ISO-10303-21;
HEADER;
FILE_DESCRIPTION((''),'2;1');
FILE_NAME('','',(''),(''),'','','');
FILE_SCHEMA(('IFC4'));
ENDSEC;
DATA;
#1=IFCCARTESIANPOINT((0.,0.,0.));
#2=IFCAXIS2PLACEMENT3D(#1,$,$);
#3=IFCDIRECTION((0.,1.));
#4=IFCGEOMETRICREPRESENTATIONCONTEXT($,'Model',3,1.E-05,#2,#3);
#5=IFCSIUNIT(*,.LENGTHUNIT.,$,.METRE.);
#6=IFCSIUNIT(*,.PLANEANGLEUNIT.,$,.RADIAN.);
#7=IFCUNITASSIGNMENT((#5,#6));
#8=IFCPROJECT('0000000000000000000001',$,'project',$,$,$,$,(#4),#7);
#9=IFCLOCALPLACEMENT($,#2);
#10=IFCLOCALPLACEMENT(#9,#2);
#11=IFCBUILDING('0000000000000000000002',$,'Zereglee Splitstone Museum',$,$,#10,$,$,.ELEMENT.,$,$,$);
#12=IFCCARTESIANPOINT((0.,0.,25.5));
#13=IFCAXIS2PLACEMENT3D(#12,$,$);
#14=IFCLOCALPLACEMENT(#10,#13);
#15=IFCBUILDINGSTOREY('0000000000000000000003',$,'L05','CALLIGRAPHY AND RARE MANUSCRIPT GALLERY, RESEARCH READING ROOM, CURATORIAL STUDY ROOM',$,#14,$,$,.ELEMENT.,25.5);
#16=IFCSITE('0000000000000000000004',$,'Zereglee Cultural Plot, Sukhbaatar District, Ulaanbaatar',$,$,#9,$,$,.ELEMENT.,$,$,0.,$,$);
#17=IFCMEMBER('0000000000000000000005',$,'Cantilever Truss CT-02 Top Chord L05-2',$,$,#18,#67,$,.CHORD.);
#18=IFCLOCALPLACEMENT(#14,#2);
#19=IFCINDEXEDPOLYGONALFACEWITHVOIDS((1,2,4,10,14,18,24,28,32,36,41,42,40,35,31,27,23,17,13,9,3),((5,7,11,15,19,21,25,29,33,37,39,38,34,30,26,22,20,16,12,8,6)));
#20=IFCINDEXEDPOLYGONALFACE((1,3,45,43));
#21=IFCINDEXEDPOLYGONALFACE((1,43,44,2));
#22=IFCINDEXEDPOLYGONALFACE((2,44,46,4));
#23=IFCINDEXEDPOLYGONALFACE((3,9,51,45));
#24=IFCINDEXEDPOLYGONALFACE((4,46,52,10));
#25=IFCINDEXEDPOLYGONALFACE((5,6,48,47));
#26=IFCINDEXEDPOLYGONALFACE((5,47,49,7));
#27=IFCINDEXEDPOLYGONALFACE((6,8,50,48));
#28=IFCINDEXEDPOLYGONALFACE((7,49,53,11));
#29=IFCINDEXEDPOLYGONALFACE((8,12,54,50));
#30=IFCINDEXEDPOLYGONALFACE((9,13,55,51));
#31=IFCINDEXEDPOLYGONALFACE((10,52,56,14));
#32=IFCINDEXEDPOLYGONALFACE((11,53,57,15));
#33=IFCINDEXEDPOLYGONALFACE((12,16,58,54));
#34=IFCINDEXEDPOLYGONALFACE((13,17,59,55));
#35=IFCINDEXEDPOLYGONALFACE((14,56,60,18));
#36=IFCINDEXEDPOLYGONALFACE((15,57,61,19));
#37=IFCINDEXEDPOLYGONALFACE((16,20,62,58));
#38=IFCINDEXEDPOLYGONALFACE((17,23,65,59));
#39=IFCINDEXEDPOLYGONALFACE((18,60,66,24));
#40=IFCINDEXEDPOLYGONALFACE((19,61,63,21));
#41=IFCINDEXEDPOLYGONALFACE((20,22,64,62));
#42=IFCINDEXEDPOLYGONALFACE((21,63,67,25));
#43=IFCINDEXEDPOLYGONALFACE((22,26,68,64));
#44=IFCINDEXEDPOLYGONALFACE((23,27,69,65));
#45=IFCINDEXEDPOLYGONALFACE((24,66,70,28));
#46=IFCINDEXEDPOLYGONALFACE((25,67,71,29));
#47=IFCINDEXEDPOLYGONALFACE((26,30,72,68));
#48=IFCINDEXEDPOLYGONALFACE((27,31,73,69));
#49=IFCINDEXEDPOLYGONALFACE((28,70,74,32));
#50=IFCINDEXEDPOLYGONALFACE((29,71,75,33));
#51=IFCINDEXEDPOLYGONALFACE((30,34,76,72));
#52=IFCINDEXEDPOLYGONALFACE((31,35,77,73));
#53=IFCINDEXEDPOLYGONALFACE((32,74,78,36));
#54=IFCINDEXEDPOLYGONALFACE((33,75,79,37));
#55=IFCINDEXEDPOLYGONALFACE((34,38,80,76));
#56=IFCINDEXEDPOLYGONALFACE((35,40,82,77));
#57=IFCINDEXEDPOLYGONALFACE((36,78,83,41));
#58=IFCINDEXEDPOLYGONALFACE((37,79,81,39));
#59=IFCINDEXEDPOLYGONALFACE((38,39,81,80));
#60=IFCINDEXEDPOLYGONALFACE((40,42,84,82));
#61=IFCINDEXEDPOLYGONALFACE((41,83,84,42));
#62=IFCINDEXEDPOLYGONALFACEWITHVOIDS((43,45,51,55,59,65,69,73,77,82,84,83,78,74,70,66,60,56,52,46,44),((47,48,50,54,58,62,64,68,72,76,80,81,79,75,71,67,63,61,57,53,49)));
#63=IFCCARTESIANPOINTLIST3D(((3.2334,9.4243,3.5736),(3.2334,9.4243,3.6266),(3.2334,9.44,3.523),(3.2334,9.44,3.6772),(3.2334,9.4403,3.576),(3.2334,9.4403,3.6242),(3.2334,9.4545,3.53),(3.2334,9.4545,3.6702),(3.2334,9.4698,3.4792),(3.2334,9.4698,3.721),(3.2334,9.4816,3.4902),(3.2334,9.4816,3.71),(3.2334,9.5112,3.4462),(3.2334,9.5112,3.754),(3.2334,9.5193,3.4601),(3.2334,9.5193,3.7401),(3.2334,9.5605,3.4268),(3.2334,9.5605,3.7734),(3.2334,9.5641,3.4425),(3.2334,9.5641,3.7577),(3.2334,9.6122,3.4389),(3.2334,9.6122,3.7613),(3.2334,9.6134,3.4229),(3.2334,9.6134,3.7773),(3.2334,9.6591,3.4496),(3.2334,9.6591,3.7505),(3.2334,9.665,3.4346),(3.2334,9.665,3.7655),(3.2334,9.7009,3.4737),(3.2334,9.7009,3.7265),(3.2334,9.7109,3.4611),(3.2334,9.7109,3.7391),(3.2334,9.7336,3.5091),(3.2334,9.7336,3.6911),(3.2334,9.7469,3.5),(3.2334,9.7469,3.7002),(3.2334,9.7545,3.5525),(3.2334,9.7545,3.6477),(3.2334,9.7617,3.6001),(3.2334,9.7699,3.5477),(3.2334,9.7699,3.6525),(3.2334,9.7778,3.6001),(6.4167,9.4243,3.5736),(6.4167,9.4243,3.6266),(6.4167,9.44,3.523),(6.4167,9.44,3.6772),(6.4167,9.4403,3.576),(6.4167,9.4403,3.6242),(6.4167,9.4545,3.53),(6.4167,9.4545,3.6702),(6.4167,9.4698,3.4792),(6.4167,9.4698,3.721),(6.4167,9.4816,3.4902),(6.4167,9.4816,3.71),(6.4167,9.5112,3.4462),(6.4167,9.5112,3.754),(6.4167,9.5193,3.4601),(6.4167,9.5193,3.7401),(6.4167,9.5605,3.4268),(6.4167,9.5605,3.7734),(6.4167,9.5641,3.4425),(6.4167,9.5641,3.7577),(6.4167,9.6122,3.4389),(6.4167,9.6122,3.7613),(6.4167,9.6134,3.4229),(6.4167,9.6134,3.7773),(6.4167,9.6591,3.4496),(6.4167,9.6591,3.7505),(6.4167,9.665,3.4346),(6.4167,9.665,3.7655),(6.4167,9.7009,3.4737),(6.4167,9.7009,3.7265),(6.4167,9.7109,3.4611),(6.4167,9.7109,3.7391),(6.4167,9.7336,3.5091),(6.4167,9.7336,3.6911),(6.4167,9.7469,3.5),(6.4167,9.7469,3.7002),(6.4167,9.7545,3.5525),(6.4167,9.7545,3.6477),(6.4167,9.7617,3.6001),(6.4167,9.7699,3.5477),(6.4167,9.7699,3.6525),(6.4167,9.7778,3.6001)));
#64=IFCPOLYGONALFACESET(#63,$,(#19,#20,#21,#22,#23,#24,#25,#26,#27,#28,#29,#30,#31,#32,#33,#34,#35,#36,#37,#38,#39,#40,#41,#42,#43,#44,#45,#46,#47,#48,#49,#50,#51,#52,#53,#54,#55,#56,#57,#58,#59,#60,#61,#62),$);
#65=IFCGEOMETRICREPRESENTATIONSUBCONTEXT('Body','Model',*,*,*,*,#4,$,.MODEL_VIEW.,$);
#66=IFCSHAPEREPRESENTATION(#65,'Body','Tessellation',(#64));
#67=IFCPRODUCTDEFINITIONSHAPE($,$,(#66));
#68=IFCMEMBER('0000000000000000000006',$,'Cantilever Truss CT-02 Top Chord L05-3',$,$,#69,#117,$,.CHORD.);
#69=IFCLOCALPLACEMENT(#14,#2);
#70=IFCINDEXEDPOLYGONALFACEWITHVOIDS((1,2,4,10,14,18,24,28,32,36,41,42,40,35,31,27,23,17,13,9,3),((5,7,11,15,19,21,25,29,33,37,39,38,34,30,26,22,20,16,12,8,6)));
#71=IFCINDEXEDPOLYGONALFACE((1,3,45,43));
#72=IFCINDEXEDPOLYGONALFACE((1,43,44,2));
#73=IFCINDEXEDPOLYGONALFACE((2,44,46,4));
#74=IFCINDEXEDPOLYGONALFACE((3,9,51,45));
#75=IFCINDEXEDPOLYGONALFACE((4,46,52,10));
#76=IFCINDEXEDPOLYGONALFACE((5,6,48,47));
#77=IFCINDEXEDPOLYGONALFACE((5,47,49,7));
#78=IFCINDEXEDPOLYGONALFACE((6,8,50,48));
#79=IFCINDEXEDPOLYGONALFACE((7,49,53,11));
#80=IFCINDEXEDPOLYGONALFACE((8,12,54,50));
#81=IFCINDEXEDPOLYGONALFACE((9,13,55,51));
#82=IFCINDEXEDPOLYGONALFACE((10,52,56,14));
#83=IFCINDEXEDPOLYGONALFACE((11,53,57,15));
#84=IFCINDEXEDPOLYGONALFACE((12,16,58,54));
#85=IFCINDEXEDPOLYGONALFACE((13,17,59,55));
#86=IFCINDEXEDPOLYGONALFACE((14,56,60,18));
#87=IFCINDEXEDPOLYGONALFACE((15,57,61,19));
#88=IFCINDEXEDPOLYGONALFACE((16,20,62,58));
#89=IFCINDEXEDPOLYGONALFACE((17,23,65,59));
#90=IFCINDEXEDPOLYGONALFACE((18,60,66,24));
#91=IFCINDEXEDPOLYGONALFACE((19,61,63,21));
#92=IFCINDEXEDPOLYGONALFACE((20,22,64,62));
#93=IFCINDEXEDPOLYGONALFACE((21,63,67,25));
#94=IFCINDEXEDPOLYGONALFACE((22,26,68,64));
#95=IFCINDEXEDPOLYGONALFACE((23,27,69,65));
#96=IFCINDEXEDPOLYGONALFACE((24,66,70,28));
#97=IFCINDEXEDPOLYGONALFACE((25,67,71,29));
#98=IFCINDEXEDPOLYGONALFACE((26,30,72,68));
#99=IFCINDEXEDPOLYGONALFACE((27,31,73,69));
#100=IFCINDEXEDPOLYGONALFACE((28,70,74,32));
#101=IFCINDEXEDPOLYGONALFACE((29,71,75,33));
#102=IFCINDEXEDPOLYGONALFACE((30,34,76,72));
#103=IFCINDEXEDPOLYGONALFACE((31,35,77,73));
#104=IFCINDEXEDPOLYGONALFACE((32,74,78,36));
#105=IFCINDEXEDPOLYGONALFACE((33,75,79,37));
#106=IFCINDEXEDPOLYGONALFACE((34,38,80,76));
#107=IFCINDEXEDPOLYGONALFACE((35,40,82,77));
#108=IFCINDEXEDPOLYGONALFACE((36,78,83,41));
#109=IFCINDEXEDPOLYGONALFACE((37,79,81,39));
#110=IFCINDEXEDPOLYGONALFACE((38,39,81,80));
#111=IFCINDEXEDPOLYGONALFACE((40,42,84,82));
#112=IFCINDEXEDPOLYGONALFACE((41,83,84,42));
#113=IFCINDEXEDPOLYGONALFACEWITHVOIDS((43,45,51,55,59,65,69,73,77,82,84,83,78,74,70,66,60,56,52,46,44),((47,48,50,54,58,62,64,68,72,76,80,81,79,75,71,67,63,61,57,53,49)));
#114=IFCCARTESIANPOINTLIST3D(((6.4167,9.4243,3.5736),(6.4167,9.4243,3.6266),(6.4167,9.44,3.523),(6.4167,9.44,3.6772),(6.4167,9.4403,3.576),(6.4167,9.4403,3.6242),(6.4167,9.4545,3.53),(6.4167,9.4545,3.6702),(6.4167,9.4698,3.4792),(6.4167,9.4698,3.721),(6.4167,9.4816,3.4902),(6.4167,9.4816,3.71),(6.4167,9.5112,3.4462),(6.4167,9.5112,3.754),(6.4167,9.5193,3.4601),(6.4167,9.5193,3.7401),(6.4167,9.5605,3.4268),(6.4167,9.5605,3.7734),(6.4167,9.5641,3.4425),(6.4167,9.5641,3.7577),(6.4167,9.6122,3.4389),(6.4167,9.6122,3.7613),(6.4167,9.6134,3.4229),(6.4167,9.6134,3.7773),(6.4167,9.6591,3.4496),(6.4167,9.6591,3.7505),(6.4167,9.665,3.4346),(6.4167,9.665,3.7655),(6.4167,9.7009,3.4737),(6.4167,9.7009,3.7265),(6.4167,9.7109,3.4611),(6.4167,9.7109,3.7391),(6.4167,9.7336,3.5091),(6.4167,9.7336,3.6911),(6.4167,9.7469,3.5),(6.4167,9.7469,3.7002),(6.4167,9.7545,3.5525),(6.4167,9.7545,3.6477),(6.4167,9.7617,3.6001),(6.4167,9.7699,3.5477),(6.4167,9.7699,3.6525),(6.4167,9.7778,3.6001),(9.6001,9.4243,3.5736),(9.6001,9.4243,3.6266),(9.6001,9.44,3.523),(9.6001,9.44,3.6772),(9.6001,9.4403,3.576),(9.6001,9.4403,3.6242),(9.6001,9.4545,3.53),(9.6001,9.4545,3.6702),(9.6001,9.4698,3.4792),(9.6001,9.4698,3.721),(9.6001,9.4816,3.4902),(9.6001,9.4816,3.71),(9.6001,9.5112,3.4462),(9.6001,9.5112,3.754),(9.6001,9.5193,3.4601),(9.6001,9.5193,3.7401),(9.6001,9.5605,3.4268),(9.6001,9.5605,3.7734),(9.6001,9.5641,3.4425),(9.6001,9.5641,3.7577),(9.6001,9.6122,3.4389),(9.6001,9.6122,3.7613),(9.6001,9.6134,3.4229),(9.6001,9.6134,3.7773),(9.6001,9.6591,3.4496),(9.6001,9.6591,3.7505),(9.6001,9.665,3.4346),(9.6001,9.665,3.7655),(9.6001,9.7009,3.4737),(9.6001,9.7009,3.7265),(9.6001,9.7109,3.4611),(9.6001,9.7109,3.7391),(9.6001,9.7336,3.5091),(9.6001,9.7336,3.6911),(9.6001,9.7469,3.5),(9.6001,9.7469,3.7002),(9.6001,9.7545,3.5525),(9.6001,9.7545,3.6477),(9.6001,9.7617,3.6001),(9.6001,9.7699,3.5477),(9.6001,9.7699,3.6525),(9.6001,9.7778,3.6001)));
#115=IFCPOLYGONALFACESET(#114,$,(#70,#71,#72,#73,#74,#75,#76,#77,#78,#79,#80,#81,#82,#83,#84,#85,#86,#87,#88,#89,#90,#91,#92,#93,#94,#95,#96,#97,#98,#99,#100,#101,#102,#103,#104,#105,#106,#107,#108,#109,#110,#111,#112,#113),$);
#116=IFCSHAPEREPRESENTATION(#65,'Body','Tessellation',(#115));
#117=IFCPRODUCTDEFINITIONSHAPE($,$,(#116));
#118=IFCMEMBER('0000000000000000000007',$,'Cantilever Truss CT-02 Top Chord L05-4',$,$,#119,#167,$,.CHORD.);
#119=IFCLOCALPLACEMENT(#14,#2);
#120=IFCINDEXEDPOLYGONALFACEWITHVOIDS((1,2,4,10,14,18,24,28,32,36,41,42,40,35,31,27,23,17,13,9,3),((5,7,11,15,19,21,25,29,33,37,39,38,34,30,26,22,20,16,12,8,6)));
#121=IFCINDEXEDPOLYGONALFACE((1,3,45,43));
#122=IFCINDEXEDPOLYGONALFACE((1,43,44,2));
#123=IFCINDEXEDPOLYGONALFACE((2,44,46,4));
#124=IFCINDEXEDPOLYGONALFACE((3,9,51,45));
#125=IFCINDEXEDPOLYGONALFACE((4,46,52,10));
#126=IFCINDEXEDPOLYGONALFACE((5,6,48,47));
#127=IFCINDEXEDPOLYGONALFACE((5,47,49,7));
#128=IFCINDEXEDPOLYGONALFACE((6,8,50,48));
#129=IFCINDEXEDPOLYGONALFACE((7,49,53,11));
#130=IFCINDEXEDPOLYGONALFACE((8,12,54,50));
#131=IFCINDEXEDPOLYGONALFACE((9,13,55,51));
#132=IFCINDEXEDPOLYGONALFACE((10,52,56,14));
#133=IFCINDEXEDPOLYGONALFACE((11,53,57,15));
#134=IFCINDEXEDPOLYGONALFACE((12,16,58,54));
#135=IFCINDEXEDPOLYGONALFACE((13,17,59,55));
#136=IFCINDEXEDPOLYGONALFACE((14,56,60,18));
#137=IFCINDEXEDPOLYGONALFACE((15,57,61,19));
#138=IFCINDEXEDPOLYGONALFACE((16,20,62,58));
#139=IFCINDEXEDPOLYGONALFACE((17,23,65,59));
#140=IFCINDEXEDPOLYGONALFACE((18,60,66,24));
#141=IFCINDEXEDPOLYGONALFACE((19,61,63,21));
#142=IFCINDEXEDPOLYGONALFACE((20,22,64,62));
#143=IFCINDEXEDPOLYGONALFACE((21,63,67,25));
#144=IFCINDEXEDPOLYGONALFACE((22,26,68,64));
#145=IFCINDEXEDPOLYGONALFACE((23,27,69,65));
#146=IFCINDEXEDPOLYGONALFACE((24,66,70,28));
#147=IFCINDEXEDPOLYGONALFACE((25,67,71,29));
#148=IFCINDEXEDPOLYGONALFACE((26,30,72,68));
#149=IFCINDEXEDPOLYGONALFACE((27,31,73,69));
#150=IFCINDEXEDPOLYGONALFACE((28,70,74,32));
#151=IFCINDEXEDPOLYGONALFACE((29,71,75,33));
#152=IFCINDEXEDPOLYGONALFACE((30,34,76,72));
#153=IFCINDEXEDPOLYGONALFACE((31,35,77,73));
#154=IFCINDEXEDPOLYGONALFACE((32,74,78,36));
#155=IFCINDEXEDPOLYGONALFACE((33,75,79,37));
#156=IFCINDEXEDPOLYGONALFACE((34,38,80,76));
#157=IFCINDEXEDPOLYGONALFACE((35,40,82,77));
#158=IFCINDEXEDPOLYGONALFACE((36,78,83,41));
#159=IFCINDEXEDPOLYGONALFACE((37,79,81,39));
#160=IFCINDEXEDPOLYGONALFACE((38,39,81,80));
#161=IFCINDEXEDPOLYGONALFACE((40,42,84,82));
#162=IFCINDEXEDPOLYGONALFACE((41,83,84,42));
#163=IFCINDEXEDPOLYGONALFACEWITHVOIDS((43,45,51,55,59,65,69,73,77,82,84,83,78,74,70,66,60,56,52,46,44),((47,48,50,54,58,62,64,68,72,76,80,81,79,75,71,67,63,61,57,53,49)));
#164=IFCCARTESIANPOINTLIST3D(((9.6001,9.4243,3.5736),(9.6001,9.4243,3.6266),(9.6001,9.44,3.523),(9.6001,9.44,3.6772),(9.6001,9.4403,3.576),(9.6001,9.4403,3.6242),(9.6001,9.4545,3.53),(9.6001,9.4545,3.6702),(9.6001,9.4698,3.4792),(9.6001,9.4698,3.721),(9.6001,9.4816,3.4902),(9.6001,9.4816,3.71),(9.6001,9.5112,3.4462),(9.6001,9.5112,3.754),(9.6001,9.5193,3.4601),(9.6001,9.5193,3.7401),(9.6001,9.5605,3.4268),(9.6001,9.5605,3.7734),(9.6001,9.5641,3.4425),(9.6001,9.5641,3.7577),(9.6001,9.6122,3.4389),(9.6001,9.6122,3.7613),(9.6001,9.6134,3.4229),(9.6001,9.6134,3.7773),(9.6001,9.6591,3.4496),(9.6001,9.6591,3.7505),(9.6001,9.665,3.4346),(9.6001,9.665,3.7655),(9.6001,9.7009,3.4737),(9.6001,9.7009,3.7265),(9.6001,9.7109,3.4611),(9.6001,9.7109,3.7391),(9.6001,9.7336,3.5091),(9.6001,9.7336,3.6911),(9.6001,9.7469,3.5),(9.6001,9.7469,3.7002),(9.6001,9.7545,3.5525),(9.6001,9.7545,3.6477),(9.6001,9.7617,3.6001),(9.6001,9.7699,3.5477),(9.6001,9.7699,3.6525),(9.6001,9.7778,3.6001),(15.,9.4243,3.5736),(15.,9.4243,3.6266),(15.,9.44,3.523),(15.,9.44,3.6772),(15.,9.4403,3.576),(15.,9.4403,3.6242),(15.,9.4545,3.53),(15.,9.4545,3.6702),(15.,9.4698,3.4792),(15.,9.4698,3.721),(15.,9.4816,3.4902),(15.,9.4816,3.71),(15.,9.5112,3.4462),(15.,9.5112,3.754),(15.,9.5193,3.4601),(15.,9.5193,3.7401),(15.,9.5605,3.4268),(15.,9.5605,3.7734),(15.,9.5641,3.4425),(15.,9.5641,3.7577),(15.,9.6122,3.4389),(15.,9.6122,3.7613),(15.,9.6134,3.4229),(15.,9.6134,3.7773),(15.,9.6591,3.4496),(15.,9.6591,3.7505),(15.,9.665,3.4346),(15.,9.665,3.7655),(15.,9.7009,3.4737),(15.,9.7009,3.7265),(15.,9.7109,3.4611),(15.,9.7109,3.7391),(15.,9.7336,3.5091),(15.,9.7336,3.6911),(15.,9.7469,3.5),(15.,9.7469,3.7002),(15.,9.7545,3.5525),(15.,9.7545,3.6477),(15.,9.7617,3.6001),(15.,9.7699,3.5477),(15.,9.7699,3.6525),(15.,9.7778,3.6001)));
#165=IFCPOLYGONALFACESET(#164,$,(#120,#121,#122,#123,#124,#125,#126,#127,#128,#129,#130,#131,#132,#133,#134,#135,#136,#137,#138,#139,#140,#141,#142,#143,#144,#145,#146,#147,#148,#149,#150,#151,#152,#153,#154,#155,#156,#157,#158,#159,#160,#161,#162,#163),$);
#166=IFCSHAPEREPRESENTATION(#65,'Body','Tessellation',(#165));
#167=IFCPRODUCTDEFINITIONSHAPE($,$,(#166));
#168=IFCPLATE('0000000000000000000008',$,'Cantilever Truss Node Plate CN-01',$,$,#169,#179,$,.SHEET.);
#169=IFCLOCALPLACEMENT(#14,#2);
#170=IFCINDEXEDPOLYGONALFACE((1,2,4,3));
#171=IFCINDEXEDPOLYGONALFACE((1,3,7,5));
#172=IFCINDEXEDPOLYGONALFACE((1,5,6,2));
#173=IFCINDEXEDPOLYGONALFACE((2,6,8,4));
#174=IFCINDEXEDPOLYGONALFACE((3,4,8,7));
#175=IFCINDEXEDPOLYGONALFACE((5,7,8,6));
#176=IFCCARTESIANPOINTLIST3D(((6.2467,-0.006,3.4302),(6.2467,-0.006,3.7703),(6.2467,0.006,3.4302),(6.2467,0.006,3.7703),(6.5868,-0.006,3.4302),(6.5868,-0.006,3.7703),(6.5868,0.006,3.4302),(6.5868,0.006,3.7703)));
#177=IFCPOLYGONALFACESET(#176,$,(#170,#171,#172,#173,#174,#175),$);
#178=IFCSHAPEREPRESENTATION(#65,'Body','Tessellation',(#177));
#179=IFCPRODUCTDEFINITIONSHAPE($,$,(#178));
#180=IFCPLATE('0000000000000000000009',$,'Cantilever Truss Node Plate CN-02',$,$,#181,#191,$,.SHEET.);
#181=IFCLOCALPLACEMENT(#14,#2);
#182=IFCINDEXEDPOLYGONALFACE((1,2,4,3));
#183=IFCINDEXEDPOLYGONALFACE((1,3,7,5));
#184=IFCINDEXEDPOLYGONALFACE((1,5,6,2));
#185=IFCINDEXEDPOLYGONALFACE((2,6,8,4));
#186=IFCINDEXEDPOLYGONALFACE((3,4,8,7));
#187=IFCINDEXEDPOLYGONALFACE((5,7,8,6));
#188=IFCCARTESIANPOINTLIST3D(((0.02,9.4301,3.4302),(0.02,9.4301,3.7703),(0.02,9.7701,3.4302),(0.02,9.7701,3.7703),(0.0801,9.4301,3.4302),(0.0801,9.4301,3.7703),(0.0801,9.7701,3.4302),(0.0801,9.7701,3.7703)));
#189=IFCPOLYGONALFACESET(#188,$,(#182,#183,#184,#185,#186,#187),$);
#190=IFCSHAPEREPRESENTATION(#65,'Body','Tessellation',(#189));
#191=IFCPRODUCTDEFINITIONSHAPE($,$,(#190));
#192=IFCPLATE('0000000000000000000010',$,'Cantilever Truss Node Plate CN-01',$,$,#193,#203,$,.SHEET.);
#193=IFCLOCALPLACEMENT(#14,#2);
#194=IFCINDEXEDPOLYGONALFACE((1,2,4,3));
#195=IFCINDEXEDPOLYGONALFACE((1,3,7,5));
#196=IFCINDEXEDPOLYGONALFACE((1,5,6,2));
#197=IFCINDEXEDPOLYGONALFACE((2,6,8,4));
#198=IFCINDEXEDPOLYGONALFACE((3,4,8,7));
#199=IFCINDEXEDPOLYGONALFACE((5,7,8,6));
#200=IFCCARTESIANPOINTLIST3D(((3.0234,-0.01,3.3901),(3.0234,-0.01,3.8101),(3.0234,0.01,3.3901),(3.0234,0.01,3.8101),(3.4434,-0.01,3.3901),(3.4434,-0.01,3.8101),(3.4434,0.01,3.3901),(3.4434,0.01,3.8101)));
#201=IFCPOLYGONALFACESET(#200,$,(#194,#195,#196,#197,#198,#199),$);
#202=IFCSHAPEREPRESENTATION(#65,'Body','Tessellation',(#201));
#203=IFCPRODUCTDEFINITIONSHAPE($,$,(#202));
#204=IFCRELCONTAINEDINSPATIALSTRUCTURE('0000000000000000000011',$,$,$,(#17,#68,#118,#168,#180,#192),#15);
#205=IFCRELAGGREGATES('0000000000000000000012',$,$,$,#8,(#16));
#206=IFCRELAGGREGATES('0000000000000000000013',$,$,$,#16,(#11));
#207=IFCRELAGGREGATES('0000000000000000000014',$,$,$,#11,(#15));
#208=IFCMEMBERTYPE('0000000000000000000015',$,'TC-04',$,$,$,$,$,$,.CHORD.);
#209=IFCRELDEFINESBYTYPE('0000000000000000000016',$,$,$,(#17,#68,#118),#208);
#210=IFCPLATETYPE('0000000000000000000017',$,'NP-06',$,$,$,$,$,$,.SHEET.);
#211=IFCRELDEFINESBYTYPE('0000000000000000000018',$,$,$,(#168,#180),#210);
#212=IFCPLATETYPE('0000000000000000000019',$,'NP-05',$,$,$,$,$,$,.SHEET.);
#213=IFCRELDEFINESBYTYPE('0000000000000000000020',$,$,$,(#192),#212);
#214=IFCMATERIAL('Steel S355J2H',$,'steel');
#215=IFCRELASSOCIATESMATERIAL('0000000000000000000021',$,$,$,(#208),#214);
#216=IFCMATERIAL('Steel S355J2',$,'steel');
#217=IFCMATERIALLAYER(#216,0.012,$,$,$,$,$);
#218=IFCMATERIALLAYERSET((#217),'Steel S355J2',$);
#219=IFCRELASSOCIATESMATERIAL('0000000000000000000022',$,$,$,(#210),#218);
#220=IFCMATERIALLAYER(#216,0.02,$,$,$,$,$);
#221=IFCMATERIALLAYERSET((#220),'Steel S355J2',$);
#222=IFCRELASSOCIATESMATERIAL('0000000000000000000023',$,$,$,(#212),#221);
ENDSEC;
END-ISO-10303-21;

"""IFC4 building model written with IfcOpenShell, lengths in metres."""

from ifc_helpers import new_model, si_unit, direction, frame, origin, origin_2d, place, context, subcontext, project, spatial, rectangle, hollow_circle, extrude, material, layer, layer_set, material_profile, profile_set, type_object, element, save


model = new_model("IFC4")

# Units and contexts
model_context = context("Model", 3, precision=1e-05, world=origin(), true_north=direction((0.0, 1.0)))
body_context = subcontext(model_context, "Body", "Model", "MODEL_VIEW")
ifc_project = project(units=[si_unit("LENGTHUNIT", "METRE"), si_unit("PLANEANGLEUNIT", "RADIAN")], contexts=[model_context])

# Site, building, storey
site_placement = place(None, origin())
site = spatial("IfcSite", under=ifc_project, at=site_placement, Name="Zereglee Cultural Plot, Sukhbaatar District, Ulaanbaatar", CompositionType="ELEMENT", RefElevation=0.0)
building_placement = place(site_placement, origin())
building = spatial("IfcBuilding", under=site, at=building_placement, Name="Zereglee Splitstone Museum", CompositionType="ELEMENT")
storey_placement = place(building_placement, frame((0.0, 0.0, 25.5)))
storey = spatial("IfcBuildingStorey", under=building, at=storey_placement, Name="L05", Description="CALLIGRAPHY AND RARE MANUSCRIPT GALLERY, RESEARCH READING ROOM, CURATORIAL STUDY ROOM", CompositionType="ELEMENT", Elevation=25.5)

# Members
ifc_material_1 = material(Name="Steel S355J2H", Category="steel")
ifc_material_profile_1 = material_profile(ifc_material_1, hollow_circle(Radius=0.1777, WallThickness=0.0161, at=origin_2d()), Name="CHS 355.6x16")
ifc_profile_set_1 = profile_set([ifc_material_profile_1], Name="Steel S355J2H")
member_type = type_object("IfcMemberType", Name="TC-04", PredefinedType="CHORD", material=ifc_profile_set_1)
for number, where, z_axis, x_axis, name in (
    (1, (3.2334, 9.6001, 3.6001), (1.0, 0.0, 0.0), (0.0, 1.0, 0.0), "Cantilever Truss CT-02 Top Chord L05-2"),
    (2, (6.4167, 9.6001, 3.6001), (1.0, 0.0, 0.0), (0.0, 1.0, 0.0), "Cantilever Truss CT-02 Top Chord L05-3"),
):
    element("IfcMember", number, at=place(storey_placement, frame(where, z_axis=z_axis, x_axis=x_axis)), inside=storey, type_object=member_type, Name=name, PredefinedType="CHORD", context=body_context, shape_type="SweptSolid", body=[
        extrude(hollow_circle(Radius=0.1777, WallThickness=0.0161, at=origin_2d()), origin(), (0.0, 0.0, 1.0), 3.1833),
    ])
member_placement = place(storey_placement, frame((9.6001, 9.6001, 3.6001), z_axis=(1.0, 0.0, 0.0), x_axis=(0.0, 1.0, 0.0)))
element("IfcMember", 3, at=member_placement, inside=storey, type_object=member_type, Name="Cantilever Truss CT-02 Top Chord L05-4", PredefinedType="CHORD", context=body_context, shape_type="SweptSolid", body=[
    extrude(hollow_circle(Radius=0.1777, WallThickness=0.0161, at=origin_2d()), origin(), (0.0, 0.0, 1.0), 5.3999),
])

# Plates
ifc_material_2 = material(Name="Steel S355J2", Category="steel")
ifc_layer_1 = layer(ifc_material_2, 0.012)
ifc_layer_set_1 = layer_set([ifc_layer_1], Name="Steel S355J2")
plate_type_1 = type_object("IfcPlateType", Name="NP-06", PredefinedType="SHEET", material=ifc_layer_set_1)
plate_1_placement = place(storey_placement, frame((6.4167, 0.0, 3.4302), z_axis=(0.0, 0.0, 1.0), x_axis=(1.0, 0.0, 0.0)))
element("IfcPlate", 4, at=plate_1_placement, inside=storey, type_object=plate_type_1, Name="Cantilever Truss Node Plate CN-01", PredefinedType="SHEET", context=body_context, shape_type="SweptSolid", body=[
    extrude(rectangle(XDim=0.3401, YDim=0.012, at=origin_2d()), origin(), (0.0, 0.0, 1.0), 0.3401),
])
plate_2_placement = place(storey_placement, frame((0.05, 9.6001, 3.4302), z_axis=(0.0, 0.0, 1.0), x_axis=(1.0, 0.0, 0.0)))
element("IfcPlate", 5, at=plate_2_placement, inside=storey, type_object=plate_type_1, Name="Cantilever Truss Node Plate CN-02", PredefinedType="SHEET", context=body_context, shape_type="SweptSolid", body=[
    extrude(rectangle(XDim=0.0601, YDim=0.3401, at=origin_2d()), origin(), (0.0, 0.0, 1.0), 0.3401),
])
ifc_layer_2 = layer(ifc_material_2, 0.02)
ifc_layer_set_2 = layer_set([ifc_layer_2], Name="Steel S355J2")
plate_type_2 = type_object("IfcPlateType", Name="NP-05", PredefinedType="SHEET", material=ifc_layer_set_2)
plate_3_placement = place(storey_placement, frame((3.2334, 0.0, 3.3901), z_axis=(0.0, 0.0, 1.0), x_axis=(1.0, 0.0, 0.0)))
element("IfcPlate", 6, at=plate_3_placement, inside=storey, type_object=plate_type_2, Name="Cantilever Truss Node Plate CN-01", PredefinedType="SHEET", context=body_context, shape_type="SweptSolid", body=[
    extrude(rectangle(XDim=0.4199, YDim=0.02, at=origin_2d()), origin(), (0.0, 0.0, 1.0), 0.4199),
])

save(model, "model.ifc")
